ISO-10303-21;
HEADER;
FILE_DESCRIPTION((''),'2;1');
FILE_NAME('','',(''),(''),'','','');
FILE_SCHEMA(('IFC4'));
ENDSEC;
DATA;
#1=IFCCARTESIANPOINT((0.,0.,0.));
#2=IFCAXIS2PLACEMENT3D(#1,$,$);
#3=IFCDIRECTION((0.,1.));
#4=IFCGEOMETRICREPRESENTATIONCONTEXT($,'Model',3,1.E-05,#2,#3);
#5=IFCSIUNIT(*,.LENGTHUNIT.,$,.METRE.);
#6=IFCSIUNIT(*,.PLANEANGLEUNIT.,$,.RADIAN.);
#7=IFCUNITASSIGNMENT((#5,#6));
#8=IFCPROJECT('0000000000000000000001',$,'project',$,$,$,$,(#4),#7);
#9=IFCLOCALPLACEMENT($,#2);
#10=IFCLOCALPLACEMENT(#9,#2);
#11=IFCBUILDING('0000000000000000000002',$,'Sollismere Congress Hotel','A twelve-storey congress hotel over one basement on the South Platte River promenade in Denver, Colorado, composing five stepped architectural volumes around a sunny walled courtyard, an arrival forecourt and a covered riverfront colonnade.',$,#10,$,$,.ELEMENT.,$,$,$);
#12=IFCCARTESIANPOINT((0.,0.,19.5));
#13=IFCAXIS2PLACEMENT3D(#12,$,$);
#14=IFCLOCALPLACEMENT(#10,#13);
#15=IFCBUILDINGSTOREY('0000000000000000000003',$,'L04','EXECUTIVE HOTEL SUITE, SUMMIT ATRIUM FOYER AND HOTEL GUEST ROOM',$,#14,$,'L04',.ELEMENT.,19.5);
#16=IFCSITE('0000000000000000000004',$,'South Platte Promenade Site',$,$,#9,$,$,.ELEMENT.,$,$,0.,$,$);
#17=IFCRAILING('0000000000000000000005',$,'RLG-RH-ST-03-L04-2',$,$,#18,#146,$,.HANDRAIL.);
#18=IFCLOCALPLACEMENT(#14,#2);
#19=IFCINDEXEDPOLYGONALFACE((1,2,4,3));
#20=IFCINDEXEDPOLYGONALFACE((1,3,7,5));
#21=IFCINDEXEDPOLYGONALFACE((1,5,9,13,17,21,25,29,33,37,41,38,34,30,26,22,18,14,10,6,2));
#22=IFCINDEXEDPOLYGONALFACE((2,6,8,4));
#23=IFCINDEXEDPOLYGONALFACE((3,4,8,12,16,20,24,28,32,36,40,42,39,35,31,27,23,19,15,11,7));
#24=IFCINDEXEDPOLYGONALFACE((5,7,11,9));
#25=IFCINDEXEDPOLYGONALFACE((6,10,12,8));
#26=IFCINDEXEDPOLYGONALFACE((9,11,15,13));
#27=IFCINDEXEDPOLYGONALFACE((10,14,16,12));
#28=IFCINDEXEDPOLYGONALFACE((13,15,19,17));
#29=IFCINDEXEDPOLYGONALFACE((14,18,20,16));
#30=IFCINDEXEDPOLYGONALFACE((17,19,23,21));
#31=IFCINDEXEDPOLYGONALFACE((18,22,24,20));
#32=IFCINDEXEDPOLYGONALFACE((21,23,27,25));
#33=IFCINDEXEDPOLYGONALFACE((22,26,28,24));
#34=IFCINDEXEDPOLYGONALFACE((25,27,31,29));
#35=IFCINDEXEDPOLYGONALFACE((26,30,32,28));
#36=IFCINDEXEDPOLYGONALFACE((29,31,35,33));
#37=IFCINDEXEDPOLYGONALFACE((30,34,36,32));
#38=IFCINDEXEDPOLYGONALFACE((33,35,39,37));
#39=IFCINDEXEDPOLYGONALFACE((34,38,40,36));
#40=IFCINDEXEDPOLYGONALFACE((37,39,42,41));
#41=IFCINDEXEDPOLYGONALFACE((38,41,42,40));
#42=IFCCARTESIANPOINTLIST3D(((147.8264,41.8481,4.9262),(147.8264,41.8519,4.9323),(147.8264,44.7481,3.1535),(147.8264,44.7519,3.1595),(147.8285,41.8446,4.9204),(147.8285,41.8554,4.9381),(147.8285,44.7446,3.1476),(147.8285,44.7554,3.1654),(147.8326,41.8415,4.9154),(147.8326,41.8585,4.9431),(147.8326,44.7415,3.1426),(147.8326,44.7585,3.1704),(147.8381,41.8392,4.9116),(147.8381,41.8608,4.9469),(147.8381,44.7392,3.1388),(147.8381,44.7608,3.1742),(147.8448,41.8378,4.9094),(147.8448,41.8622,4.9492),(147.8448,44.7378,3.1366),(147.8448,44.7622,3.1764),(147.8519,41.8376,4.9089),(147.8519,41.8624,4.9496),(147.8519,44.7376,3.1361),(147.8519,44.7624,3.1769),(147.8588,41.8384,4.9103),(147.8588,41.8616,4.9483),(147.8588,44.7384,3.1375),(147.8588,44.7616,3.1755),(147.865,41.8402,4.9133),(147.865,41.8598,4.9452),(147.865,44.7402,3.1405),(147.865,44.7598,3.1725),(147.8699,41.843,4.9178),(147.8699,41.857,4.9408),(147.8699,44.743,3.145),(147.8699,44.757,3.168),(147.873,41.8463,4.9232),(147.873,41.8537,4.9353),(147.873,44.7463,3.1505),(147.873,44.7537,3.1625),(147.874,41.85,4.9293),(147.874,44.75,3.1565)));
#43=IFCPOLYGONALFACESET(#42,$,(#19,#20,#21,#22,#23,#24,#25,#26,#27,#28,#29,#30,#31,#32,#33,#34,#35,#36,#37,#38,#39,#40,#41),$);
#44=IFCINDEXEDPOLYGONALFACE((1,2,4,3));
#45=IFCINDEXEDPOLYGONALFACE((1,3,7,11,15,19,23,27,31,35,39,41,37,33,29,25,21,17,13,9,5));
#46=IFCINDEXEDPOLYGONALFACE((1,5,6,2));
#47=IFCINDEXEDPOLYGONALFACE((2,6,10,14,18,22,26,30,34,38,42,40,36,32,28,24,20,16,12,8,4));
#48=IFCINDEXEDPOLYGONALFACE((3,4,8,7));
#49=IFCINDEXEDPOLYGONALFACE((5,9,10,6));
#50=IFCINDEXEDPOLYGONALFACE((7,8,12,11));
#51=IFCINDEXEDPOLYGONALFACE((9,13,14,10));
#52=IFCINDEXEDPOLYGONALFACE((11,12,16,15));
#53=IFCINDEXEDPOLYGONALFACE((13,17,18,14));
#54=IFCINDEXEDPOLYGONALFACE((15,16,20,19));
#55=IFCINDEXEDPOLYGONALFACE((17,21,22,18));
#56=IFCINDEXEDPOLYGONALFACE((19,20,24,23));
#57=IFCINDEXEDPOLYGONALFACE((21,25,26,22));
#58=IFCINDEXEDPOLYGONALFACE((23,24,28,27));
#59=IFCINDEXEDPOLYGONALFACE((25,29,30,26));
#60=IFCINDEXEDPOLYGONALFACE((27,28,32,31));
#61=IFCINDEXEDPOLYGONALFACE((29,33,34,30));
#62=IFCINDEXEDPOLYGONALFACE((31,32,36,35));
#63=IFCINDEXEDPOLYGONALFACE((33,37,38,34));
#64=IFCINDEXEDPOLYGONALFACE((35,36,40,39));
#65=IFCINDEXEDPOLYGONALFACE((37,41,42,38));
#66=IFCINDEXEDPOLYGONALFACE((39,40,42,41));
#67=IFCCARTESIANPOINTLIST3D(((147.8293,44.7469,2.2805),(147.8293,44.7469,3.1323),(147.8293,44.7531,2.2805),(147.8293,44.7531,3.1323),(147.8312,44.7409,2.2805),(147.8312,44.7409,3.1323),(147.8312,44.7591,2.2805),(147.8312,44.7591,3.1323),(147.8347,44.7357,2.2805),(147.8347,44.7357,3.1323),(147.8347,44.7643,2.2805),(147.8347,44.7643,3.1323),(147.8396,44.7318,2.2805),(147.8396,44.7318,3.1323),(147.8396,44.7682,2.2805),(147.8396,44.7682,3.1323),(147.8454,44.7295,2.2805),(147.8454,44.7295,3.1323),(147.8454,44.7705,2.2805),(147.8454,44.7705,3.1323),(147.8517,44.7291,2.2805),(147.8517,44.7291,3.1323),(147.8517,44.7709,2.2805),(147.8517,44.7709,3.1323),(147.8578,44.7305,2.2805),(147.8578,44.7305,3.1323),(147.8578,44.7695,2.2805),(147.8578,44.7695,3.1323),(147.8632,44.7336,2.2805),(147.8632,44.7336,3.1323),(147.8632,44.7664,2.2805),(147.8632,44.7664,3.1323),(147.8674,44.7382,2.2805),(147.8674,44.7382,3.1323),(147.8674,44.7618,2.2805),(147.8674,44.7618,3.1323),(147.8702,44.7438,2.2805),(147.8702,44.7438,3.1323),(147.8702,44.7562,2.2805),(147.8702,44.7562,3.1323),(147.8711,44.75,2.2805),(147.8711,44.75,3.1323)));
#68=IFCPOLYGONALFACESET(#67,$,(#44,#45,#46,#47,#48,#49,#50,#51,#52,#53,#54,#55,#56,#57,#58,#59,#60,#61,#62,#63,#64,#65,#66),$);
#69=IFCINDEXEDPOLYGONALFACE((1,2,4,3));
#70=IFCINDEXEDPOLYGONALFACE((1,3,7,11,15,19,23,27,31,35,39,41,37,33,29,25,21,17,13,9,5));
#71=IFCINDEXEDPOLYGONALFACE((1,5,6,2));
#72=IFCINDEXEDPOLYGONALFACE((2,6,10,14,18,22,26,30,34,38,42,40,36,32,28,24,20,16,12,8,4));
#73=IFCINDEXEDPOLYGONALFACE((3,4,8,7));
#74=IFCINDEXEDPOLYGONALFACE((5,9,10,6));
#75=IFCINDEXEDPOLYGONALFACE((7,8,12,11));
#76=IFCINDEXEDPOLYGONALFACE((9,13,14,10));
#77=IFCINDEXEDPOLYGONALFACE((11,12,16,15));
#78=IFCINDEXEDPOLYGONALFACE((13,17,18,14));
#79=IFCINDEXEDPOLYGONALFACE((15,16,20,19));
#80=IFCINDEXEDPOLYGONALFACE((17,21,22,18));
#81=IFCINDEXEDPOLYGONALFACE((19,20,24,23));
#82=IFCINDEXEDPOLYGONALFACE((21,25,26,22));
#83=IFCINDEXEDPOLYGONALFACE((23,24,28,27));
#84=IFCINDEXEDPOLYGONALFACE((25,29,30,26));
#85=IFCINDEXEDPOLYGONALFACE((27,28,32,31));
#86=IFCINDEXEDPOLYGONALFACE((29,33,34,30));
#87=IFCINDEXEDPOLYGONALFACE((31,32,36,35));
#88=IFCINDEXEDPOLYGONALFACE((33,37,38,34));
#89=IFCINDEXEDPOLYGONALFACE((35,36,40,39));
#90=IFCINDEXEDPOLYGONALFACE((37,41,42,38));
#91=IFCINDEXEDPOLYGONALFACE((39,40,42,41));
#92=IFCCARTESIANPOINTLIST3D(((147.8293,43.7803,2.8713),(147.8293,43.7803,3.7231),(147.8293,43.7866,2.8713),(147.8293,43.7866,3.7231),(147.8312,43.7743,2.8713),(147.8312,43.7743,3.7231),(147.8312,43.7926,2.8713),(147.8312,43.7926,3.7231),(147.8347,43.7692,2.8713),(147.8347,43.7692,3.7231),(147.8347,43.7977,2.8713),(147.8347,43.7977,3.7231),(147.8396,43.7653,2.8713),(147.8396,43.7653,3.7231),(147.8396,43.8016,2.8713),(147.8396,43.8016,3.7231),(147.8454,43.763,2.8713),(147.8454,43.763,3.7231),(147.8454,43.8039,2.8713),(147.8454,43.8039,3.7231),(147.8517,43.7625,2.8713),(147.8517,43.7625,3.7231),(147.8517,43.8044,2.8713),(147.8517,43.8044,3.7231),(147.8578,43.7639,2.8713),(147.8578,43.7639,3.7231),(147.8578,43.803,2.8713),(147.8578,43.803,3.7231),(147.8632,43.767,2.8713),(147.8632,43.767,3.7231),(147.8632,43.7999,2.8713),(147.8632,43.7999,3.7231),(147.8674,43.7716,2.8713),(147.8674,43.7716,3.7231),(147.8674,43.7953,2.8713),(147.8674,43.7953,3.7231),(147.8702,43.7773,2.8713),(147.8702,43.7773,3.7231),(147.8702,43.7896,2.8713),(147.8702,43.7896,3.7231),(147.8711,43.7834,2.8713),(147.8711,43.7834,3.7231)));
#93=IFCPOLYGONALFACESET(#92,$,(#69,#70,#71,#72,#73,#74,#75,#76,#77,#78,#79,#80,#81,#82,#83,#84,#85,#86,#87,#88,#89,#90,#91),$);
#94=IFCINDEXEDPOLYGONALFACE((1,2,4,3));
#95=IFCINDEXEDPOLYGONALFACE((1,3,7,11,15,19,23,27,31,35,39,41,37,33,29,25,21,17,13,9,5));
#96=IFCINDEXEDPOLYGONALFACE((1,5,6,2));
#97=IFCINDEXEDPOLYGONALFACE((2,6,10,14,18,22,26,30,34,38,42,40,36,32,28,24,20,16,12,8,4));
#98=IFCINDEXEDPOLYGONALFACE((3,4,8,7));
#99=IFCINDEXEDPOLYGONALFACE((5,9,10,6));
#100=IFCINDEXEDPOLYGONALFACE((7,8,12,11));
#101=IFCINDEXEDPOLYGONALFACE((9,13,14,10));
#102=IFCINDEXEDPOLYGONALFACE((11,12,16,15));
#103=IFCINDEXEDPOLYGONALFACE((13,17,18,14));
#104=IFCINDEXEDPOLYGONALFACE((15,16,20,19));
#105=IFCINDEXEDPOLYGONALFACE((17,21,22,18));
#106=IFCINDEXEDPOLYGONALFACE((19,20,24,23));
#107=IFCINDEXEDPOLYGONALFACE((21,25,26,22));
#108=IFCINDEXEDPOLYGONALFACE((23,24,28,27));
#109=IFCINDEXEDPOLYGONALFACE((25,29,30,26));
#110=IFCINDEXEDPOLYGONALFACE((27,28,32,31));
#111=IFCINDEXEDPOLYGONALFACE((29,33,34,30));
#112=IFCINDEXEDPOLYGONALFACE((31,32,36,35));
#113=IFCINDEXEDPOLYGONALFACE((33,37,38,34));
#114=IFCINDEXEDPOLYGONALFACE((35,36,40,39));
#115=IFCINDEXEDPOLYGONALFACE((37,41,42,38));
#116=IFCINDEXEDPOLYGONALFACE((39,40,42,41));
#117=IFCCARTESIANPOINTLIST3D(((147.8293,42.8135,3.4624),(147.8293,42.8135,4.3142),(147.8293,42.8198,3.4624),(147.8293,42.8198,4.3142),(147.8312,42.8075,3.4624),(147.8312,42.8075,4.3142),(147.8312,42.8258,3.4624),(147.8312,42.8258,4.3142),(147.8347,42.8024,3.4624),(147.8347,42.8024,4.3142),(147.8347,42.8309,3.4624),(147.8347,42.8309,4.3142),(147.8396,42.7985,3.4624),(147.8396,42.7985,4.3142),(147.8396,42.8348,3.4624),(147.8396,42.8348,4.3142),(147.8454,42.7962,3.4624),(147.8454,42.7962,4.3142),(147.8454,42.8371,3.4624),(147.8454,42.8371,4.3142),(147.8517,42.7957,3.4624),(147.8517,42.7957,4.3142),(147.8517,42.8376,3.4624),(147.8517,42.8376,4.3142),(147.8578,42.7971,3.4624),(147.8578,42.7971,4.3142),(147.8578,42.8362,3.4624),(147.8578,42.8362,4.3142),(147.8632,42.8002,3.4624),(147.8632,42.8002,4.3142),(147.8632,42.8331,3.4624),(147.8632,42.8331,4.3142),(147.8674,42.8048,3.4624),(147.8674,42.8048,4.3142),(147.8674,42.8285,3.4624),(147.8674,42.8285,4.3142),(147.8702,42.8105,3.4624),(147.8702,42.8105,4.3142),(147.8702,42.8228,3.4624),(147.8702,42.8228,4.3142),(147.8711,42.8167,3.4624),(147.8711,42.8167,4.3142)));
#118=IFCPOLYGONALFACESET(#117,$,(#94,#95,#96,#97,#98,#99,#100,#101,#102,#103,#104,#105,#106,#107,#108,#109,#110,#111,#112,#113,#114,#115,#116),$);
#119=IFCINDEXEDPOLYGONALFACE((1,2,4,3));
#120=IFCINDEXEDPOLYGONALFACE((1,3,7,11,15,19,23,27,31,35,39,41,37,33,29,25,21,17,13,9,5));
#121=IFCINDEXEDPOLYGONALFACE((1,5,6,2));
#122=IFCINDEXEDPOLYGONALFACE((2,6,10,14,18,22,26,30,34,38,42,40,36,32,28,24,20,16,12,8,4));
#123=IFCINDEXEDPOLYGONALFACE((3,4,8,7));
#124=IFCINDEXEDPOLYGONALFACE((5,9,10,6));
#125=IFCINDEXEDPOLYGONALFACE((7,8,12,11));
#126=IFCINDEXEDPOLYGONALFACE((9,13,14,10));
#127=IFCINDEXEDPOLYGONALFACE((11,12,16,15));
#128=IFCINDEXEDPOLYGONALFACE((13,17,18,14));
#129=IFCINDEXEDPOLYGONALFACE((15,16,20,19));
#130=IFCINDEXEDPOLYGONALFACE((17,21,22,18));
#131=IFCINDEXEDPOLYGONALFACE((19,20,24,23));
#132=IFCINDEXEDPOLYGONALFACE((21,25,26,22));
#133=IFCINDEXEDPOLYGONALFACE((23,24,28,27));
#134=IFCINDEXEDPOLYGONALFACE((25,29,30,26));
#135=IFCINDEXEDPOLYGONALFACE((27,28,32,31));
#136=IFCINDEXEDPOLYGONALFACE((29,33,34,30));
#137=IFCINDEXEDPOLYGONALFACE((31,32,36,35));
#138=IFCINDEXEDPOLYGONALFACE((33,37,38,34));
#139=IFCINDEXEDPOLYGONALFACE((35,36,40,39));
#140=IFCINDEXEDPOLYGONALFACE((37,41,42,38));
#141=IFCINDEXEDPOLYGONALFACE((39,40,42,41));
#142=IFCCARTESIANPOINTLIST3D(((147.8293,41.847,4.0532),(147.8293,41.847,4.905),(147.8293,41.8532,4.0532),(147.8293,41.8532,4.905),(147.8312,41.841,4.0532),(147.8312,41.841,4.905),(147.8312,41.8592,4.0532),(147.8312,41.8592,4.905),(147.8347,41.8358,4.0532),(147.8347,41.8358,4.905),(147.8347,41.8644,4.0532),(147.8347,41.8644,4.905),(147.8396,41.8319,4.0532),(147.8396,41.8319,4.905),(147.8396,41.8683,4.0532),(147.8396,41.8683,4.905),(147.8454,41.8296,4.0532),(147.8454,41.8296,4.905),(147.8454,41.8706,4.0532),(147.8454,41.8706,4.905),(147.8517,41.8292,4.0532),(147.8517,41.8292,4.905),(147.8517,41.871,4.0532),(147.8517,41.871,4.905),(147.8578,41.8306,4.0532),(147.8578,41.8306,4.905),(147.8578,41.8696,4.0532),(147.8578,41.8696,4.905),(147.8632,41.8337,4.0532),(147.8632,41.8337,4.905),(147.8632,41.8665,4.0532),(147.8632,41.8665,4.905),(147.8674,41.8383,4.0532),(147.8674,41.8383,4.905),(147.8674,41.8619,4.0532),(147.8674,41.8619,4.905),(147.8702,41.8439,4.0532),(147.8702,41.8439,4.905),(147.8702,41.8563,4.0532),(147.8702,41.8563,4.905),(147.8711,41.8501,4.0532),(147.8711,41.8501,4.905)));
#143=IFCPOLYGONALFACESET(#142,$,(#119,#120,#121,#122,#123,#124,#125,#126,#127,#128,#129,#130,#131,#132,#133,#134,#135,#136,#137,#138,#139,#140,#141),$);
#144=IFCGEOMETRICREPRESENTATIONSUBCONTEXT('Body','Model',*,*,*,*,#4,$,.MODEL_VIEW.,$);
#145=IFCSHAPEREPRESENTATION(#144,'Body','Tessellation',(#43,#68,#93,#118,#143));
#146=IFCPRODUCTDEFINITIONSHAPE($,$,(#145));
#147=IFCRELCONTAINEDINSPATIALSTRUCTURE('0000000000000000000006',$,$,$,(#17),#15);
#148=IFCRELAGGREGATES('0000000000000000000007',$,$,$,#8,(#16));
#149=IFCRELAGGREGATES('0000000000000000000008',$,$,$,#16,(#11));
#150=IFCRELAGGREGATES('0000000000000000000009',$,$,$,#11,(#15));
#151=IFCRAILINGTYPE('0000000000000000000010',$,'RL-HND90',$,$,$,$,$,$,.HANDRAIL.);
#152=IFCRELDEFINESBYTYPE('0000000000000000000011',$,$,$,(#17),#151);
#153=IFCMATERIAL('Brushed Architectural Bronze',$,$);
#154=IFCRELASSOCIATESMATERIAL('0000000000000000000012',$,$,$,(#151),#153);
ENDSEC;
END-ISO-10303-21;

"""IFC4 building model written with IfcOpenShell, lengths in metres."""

from ifc_helpers import new_model, si_unit, direction, frame, origin, origin_2d, place, context, subcontext, project, spatial, circle, extrude, material, type_object, element, save


model = new_model("IFC4")

# Units and contexts
model_context = context("Model", 3, precision=1e-05, world=origin(), true_north=direction((0.0, 1.0)))
body_context = subcontext(model_context, "Body", "Model", "MODEL_VIEW")
ifc_project = project(units=[si_unit("LENGTHUNIT", "METRE"), si_unit("PLANEANGLEUNIT", "RADIAN")], contexts=[model_context])

# Site, building, storey
site_placement = place(None, origin())
site = spatial("IfcSite", under=ifc_project, at=site_placement, Name="South Platte Promenade Site", CompositionType="ELEMENT", RefElevation=0.0)
building_placement = place(site_placement, origin())
building = spatial("IfcBuilding", under=site, at=building_placement, Name="Sollismere Congress Hotel", Description="A twelve-storey congress hotel over one basement on the South Platte River promenade in Denver, Colorado, composing five stepped architectural volumes around a sunny walled courtyard, an arrival forecourt and a covered riverfront colonnade.", CompositionType="ELEMENT")
storey_placement = place(building_placement, frame((0.0, 0.0, 19.5)))
storey = spatial("IfcBuildingStorey", under=building, at=storey_placement, Name="L04", Description="EXECUTIVE HOTEL SUITE, SUMMIT ATRIUM FOYER AND HOTEL GUEST ROOM", LongName="L04", CompositionType="ELEMENT", Elevation=19.5)

# Railing
ifc_material_1 = material(Name="Brushed Architectural Bronze")
railing_type_1 = type_object("IfcRailingType", Name="RL-HND90", PredefinedType="HANDRAIL", material=ifc_material_1)
railing_1_placement = place(storey_placement, frame((147.8501, 44.75, 2.2805)))
element("IfcRailing", 1, at=railing_1_placement, inside=storey, type_object=railing_type_1, Name="RLG-RH-ST-03-L04-2", PredefinedType="HANDRAIL", context=body_context, shape_type="SweptSolid", body=[
    extrude(circle(Radius=0.0239, at=origin_2d()), frame((0.0, 0.0, 0.876), z_axis=(0.0, -0.853211, 0.521566), x_axis=(1.0, 0.0, 0.0)), (0.0, 0.0, 1.0), 3.3989),
    extrude(circle(Radius=0.021, at=origin_2d()), origin(), (0.0, 0.0, 1.0), 0.8518),
    extrude(circle(Radius=0.021, at=origin_2d()), frame((0.0, -0.9666, 0.5908)), (0.0, 0.0, 1.0), 0.8518),
    extrude(circle(Radius=0.021, at=origin_2d()), frame((0.0, -1.9333, 1.1819)), (0.0, 0.0, 1.0), 0.8518),
    extrude(circle(Radius=0.021, at=origin_2d()), frame((0.0, -2.8999, 1.7727)), (0.0, 0.0, 1.0), 0.8518),
])

save(model, "model.ifc")
